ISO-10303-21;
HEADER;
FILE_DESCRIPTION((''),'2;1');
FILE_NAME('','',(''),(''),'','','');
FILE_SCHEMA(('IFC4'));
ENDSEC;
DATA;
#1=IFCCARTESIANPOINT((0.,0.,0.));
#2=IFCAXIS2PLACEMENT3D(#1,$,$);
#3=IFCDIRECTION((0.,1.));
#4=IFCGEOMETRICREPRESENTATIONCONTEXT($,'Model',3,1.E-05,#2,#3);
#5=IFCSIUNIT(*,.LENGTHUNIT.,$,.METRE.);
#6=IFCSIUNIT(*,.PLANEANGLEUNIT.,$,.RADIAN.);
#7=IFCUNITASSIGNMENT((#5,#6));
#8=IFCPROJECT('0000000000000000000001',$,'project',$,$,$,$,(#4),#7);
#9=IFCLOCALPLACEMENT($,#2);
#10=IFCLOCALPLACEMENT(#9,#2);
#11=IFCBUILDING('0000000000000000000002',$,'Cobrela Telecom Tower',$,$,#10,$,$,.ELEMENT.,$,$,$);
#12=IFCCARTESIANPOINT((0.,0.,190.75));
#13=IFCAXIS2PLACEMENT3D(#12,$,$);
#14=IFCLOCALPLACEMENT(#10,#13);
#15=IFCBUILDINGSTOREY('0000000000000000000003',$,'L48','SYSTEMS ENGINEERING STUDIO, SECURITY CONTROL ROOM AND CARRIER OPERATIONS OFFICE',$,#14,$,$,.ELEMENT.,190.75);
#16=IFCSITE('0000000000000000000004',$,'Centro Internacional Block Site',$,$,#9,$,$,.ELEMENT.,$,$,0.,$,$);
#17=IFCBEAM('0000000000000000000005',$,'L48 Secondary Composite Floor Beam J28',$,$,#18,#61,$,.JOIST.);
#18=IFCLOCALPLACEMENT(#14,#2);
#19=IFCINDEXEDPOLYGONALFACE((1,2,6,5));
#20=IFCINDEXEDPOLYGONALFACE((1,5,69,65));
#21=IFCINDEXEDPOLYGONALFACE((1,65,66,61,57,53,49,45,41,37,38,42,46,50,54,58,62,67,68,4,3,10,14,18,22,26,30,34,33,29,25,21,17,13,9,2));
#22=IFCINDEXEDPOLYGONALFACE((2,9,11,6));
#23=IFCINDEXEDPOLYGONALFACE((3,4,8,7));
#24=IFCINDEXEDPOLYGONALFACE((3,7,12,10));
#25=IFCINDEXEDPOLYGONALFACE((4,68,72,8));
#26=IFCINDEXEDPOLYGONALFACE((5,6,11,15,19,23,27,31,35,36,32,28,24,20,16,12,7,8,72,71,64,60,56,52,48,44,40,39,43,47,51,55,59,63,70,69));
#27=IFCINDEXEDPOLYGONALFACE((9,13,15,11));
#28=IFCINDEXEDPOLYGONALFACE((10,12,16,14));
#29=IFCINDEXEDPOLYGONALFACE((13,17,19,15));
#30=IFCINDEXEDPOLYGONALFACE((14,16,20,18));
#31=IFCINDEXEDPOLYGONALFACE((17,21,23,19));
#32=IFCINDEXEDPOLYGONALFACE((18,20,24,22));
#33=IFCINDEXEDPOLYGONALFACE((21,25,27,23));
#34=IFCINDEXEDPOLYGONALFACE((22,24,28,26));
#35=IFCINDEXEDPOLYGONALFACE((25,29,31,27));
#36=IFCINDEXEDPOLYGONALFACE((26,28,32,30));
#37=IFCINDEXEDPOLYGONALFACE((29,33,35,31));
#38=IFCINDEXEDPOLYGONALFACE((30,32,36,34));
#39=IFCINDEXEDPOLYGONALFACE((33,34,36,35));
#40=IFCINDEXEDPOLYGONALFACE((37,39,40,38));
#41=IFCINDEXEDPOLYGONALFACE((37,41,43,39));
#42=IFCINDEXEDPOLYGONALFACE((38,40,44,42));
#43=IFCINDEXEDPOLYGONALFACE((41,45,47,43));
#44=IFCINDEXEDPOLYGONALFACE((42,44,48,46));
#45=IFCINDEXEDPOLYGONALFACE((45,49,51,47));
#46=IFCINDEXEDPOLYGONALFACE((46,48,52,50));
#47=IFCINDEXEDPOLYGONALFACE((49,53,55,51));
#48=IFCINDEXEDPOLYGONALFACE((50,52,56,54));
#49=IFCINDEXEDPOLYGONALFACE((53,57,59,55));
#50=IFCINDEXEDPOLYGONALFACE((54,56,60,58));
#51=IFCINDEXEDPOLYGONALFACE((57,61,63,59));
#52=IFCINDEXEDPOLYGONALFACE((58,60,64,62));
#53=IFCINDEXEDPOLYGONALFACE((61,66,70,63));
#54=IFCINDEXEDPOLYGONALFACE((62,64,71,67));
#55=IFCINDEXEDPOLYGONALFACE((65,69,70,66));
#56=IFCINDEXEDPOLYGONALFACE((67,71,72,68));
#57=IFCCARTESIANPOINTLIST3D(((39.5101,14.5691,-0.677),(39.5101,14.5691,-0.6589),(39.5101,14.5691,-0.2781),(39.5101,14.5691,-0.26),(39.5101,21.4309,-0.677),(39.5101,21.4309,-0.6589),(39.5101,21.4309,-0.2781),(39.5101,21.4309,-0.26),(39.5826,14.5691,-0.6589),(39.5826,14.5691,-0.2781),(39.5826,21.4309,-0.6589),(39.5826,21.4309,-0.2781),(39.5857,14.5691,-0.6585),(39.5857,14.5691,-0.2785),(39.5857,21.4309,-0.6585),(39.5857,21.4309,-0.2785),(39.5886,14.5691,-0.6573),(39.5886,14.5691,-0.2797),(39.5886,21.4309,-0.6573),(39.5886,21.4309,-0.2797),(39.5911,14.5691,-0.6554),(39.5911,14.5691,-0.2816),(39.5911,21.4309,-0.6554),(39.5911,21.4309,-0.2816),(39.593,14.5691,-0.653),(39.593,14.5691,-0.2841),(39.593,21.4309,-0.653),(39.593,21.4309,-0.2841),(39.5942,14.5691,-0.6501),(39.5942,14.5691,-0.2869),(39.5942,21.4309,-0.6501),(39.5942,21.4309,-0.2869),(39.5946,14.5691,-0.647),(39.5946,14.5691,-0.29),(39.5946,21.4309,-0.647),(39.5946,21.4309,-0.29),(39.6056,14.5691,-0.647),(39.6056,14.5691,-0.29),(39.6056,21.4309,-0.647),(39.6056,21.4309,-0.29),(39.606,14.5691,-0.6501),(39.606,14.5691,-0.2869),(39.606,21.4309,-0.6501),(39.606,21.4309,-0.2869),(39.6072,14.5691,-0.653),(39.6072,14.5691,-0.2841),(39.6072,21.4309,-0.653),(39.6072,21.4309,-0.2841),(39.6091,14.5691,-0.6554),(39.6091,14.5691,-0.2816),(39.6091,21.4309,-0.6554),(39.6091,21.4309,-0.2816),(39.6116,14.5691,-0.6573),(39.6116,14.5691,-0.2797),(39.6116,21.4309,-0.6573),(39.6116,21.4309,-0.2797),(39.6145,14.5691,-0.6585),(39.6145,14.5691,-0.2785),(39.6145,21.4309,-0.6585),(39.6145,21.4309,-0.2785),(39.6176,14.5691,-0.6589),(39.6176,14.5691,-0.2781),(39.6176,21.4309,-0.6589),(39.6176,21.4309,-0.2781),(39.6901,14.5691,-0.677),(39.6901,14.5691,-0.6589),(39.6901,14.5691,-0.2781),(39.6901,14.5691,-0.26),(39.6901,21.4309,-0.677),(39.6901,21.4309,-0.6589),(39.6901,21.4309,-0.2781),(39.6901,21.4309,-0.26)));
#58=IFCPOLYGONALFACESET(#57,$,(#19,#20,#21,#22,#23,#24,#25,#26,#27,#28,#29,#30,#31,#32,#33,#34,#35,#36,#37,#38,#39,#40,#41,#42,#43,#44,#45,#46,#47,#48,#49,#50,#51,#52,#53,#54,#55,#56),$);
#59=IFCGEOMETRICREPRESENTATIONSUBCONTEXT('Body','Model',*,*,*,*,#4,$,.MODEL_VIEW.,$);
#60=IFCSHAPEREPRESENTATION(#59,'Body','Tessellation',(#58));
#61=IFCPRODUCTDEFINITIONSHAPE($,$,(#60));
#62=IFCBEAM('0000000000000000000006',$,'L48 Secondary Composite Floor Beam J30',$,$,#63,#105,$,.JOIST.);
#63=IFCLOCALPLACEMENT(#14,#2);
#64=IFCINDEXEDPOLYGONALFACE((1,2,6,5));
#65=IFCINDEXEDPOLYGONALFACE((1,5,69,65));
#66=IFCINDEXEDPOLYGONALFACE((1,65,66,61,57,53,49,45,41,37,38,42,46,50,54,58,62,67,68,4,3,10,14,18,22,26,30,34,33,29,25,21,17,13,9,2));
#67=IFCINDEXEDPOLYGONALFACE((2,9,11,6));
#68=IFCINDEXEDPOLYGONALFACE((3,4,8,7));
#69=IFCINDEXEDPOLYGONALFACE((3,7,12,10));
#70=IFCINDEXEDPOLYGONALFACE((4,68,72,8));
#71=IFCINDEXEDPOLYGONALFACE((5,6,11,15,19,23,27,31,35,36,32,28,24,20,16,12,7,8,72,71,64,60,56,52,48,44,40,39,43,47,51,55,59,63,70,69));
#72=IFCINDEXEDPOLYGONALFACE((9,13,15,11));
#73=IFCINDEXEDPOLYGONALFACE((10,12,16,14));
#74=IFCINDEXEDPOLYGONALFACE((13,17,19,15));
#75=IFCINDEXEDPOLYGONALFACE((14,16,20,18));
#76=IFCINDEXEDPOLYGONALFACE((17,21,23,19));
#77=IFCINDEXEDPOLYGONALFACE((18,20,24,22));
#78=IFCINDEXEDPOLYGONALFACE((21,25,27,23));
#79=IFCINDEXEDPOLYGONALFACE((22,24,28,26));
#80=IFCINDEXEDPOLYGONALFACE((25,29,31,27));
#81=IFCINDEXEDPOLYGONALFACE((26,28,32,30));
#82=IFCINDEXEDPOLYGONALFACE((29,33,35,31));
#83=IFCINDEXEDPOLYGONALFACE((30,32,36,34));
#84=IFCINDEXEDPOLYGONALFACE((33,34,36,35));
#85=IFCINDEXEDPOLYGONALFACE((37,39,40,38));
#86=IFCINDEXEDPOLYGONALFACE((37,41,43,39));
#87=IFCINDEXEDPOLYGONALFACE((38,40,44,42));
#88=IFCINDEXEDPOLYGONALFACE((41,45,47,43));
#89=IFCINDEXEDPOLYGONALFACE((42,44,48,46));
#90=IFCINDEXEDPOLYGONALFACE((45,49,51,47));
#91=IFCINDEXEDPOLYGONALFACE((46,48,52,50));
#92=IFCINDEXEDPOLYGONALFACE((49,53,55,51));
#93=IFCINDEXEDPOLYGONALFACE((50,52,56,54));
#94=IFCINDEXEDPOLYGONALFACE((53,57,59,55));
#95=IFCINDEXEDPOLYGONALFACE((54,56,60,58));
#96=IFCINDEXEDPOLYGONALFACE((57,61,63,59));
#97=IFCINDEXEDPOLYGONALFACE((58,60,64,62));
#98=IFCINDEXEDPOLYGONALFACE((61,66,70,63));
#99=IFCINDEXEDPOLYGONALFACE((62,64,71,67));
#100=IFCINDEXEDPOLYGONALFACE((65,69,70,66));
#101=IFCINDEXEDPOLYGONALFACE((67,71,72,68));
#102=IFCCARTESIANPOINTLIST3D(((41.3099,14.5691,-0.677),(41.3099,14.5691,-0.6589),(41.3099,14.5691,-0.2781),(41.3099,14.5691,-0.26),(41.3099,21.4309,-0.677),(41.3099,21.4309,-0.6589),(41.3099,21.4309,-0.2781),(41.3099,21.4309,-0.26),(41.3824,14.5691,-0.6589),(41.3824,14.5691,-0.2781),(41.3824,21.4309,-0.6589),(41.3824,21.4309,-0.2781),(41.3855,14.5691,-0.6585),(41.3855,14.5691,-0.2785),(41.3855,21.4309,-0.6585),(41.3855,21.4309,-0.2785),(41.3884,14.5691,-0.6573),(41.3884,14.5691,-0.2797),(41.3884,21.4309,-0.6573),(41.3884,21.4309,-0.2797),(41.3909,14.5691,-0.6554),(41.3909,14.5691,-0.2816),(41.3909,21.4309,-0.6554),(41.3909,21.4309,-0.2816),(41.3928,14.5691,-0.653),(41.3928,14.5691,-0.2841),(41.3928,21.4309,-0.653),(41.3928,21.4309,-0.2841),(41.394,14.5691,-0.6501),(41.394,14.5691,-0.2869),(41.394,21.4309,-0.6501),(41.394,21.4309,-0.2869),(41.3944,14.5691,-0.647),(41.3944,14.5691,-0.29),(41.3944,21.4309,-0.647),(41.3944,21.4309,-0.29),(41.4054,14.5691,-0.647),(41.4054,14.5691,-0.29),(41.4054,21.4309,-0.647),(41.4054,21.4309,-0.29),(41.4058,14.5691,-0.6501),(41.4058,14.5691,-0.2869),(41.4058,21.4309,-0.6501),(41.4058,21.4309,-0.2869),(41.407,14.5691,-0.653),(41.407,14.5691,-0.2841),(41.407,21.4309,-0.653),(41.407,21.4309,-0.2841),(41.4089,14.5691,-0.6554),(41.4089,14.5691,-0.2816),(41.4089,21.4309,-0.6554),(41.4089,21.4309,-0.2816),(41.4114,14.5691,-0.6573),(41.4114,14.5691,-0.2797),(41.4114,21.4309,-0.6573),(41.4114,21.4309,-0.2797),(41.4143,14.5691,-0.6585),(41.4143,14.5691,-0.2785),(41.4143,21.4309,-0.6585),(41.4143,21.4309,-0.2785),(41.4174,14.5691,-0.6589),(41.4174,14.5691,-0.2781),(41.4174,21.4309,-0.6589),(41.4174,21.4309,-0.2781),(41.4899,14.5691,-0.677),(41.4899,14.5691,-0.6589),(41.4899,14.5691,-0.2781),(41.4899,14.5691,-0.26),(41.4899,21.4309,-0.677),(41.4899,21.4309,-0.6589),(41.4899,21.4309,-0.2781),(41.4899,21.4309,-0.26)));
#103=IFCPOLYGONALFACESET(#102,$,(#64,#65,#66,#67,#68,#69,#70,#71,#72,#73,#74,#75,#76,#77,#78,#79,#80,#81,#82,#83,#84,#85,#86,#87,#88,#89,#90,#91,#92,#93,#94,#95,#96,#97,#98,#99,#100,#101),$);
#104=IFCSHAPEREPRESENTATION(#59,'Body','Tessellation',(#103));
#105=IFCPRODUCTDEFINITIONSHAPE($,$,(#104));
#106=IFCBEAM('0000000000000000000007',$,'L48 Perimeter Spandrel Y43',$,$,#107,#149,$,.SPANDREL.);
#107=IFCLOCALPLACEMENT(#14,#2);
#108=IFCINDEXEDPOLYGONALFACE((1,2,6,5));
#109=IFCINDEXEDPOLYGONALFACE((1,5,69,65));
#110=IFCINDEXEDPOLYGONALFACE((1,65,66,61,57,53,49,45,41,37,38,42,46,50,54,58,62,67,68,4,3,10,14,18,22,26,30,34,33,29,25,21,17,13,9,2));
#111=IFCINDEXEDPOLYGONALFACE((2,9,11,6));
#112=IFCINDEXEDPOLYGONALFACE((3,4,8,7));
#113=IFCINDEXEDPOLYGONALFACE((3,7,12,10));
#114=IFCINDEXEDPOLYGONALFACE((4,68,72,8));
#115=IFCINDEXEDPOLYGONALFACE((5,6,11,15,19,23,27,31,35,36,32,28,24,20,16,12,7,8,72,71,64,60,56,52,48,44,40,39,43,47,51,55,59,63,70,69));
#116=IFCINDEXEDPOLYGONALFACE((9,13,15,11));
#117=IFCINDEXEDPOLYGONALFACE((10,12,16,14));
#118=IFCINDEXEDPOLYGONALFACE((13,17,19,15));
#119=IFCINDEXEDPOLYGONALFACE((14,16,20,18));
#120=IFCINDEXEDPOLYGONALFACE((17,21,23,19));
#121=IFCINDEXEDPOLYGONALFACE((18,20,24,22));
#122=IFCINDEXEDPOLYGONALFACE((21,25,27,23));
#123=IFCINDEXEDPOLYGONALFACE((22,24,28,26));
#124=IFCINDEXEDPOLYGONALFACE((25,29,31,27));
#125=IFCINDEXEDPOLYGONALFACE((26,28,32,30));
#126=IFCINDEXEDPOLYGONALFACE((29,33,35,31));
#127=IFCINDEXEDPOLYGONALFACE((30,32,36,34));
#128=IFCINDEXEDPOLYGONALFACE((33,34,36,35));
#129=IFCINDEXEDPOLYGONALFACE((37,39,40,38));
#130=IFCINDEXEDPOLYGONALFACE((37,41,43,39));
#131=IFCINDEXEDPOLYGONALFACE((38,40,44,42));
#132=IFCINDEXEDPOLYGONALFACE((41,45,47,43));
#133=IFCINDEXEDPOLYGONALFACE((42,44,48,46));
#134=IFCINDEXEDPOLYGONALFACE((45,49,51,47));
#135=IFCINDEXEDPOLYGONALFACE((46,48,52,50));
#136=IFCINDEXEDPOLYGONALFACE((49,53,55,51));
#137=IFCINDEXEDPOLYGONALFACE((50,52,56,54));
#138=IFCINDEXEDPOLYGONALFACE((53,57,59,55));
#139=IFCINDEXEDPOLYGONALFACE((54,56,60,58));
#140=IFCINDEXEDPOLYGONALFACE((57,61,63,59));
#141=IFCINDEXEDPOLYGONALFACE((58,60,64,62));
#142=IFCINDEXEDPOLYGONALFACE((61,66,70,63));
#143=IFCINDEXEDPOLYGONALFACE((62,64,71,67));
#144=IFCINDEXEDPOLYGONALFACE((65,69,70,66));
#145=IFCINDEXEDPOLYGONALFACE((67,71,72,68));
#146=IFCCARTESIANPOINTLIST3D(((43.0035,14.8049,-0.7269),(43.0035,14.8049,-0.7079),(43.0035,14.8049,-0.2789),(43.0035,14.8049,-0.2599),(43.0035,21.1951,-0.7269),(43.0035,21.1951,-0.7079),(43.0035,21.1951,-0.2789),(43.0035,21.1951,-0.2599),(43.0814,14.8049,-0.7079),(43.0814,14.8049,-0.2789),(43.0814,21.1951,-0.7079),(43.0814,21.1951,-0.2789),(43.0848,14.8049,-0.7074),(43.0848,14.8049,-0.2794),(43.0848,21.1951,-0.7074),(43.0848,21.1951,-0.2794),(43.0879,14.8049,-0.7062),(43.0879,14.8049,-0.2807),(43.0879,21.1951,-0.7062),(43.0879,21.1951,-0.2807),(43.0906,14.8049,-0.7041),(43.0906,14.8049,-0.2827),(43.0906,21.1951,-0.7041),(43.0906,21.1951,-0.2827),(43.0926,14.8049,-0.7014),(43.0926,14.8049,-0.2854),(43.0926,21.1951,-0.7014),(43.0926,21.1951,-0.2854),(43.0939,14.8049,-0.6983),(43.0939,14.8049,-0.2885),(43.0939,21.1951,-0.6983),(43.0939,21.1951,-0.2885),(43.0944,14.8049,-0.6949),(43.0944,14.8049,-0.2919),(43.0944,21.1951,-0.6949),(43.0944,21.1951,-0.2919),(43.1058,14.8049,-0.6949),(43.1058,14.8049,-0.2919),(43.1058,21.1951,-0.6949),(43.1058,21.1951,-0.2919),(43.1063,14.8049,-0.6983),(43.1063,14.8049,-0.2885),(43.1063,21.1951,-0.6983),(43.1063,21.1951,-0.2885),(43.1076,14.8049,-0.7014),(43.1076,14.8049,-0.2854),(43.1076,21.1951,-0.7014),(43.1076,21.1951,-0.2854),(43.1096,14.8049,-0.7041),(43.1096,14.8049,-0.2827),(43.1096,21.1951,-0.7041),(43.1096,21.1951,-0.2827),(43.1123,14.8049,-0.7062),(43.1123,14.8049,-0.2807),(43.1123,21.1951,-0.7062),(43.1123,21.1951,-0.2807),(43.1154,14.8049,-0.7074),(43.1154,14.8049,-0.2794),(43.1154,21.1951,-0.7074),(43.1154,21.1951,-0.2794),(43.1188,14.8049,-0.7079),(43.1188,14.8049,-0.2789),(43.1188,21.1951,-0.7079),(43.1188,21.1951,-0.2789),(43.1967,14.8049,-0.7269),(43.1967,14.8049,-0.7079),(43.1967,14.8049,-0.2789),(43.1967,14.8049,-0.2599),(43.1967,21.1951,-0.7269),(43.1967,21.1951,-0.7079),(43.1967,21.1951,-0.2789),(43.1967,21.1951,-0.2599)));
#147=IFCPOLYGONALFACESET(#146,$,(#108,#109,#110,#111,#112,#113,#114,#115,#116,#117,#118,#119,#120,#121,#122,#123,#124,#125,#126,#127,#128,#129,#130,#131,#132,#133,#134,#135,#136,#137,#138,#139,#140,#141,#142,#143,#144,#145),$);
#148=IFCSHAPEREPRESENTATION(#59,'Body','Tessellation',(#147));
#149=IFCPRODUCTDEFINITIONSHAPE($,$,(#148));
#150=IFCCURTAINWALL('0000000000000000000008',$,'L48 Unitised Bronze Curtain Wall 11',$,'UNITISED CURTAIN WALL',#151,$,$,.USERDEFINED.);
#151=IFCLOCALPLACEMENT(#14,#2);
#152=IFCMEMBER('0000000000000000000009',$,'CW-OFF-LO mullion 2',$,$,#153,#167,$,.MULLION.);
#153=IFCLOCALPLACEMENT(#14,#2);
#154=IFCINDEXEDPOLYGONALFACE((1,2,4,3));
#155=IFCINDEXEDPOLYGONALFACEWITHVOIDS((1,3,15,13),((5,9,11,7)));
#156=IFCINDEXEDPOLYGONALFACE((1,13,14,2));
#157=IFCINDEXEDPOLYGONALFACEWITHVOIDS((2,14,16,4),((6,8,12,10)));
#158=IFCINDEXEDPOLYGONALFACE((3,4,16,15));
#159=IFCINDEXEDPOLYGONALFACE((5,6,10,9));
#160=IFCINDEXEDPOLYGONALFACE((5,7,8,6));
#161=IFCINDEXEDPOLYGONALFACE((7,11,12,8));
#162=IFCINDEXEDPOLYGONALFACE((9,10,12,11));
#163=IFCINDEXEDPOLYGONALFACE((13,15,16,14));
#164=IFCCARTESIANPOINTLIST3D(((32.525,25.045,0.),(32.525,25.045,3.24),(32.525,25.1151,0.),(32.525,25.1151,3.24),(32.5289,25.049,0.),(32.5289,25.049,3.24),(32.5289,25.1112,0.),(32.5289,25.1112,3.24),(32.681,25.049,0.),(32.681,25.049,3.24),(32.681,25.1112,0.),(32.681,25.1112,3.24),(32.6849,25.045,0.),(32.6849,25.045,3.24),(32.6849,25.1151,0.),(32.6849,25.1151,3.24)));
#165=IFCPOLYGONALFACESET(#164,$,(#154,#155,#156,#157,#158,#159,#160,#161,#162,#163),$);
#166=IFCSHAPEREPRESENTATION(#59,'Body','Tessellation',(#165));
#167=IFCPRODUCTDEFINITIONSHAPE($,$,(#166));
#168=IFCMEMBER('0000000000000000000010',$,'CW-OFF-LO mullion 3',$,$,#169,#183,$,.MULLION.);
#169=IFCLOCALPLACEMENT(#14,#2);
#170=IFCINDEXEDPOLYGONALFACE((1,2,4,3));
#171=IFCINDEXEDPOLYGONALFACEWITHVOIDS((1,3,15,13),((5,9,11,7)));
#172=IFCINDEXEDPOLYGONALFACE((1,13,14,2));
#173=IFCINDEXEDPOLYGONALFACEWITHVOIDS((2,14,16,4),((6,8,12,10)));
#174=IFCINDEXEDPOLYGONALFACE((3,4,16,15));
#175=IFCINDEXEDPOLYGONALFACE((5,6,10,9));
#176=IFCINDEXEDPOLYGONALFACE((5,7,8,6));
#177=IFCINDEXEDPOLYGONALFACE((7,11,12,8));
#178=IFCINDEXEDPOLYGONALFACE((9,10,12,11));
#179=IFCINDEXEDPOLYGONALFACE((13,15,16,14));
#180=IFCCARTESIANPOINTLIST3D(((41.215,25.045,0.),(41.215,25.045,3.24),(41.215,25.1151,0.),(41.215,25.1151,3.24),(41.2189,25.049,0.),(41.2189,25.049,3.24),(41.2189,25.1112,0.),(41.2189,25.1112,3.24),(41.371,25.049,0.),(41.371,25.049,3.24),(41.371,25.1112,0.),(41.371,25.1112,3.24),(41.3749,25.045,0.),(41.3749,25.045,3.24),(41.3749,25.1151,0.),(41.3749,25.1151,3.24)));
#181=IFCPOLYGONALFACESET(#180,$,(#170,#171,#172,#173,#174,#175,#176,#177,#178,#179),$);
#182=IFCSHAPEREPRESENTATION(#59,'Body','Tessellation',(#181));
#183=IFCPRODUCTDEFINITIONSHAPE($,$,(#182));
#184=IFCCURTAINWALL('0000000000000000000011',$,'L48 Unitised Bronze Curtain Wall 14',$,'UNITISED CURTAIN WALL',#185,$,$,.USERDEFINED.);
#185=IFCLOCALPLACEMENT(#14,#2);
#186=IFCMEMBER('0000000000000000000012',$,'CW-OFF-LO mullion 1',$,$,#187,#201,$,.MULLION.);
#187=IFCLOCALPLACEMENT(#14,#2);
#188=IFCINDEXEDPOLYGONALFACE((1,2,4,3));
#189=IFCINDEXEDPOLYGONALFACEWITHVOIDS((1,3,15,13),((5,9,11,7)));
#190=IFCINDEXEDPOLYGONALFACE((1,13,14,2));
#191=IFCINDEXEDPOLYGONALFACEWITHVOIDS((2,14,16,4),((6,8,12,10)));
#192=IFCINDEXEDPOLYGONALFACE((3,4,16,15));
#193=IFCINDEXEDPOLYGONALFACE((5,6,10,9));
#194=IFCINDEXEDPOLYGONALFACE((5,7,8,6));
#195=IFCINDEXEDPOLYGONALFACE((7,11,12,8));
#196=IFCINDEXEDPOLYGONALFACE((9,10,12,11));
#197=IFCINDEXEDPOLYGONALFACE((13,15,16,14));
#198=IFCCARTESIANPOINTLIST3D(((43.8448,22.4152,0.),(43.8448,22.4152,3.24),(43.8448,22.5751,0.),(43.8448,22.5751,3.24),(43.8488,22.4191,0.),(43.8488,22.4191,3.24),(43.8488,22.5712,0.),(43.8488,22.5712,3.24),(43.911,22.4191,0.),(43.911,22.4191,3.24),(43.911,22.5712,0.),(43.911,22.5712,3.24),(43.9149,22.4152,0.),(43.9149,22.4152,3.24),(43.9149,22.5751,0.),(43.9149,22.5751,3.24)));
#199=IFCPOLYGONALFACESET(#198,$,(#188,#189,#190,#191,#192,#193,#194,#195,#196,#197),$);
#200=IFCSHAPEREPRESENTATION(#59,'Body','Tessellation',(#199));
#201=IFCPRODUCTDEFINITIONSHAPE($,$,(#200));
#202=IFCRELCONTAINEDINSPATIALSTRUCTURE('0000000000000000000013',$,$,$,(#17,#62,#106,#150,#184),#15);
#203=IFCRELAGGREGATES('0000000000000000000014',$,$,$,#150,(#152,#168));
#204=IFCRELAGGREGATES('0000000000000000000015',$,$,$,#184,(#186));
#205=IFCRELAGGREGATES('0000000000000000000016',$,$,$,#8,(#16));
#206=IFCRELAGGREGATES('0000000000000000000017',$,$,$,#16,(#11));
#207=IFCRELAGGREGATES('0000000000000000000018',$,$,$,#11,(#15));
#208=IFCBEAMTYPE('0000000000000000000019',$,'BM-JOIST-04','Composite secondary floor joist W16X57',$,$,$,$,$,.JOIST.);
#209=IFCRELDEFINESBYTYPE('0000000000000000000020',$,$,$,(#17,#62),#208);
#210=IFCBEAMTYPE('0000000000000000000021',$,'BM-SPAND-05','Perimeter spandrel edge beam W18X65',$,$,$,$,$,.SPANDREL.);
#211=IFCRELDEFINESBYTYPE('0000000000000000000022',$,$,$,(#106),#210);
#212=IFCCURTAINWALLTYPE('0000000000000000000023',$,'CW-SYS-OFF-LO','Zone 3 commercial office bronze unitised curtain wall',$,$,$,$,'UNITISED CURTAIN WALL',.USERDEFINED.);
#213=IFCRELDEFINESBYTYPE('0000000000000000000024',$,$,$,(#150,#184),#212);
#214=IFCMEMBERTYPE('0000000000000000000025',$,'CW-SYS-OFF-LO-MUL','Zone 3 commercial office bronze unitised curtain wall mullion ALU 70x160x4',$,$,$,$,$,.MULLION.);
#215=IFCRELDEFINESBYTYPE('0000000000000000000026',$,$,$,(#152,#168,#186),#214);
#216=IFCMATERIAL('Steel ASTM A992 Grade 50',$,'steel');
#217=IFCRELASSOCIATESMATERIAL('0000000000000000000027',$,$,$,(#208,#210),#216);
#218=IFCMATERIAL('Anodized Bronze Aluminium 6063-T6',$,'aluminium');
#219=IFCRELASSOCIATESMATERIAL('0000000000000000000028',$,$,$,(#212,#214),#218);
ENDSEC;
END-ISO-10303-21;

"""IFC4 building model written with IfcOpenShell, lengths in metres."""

from ifc_helpers import new_model, si_unit, direction, frame, origin, origin_2d, place, context, subcontext, project, spatial, hollow_rectangle, i_section, extrude, material, material_profile, profile_set, type_object, element, aggregate, save


model = new_model("IFC4")

# Units and contexts
model_context = context("Model", 3, precision=1e-05, world=origin(), true_north=direction((0.0, 1.0)))
body_context = subcontext(model_context, "Body", "Model", "MODEL_VIEW")
ifc_project = project(units=[si_unit("LENGTHUNIT", "METRE"), si_unit("PLANEANGLEUNIT", "RADIAN")], contexts=[model_context])

# Site, building, storey
site_placement = place(None, origin())
site = spatial("IfcSite", under=ifc_project, at=site_placement, Name="Centro Internacional Block Site", CompositionType="ELEMENT", RefElevation=0.0)
building_placement = place(site_placement, origin())
building = spatial("IfcBuilding", under=site, at=building_placement, Name="Cobrela Telecom Tower", CompositionType="ELEMENT")
storey_placement = place(building_placement, frame((0.0, 0.0, 190.75)))
storey = spatial("IfcBuildingStorey", under=building, at=storey_placement, Name="L48", Description="SYSTEMS ENGINEERING STUDIO, SECURITY CONTROL ROOM AND CARRIER OPERATIONS OFFICE", CompositionType="ELEMENT", Elevation=190.75)

# Shared definitions
ifc_material_1 = material(Name="Steel ASTM A992 Grade 50", Category="steel")

# Beams
ifc_material_profile_1 = material_profile(ifc_material_1, i_section(OverallWidth=0.1799, OverallDepth=0.417, WebThickness=0.011, FlangeThickness=0.0181, FilletRadius=0.012, at=origin_2d()), Name="W16X57")
ifc_profile_set_1 = profile_set([ifc_material_profile_1], Name="Steel ASTM A992 Grade 50")
beam_type_1 = type_object("IfcBeamType", Name="BM-JOIST-04", Description="Composite secondary floor joist W16X57", PredefinedType="JOIST", material=ifc_profile_set_1)
for number, where, z_axis, x_axis, name in (
    (1, (39.6001, 14.5691, -0.4685), (0.0, 1.0, 0.0), (-1.0, 0.0, 0.0), "L48 Secondary Composite Floor Beam J28"),
    (2, (41.3999, 14.5691, -0.4685), (0.0, 1.0, 0.0), (-1.0, 0.0, 0.0), "L48 Secondary Composite Floor Beam J30"),
):
    element("IfcBeam", number, at=place(storey_placement, frame(where, z_axis=z_axis, x_axis=x_axis)), inside=storey, type_object=beam_type_1, Name=name, PredefinedType="JOIST", context=body_context, shape_type="SweptSolid", body=[
        extrude(i_section(OverallWidth=0.1799, OverallDepth=0.417, WebThickness=0.011, FlangeThickness=0.0181, FilletRadius=0.012, at=origin_2d()), origin(), (0.0, 0.0, 1.0), 6.8618),
    ])
ifc_material_profile_2 = material_profile(ifc_material_1, i_section(OverallWidth=0.1931, OverallDepth=0.467, WebThickness=0.0115, FlangeThickness=0.019, FilletRadius=0.0129, at=origin_2d()), Name="W18X65")
ifc_profile_set_2 = profile_set([ifc_material_profile_2], Name="Steel ASTM A992 Grade 50")
beam_type_2 = type_object("IfcBeamType", Name="BM-SPAND-05", Description="Perimeter spandrel edge beam W18X65", PredefinedType="SPANDREL", material=ifc_profile_set_2)
beam_1_placement = place(storey_placement, frame((43.1001, 14.8049, -0.4934), z_axis=(0.0, 1.0, 0.0), x_axis=(-1.0, 0.0, 0.0)))
element("IfcBeam", 3, at=beam_1_placement, inside=storey, type_object=beam_type_2, Name="L48 Perimeter Spandrel Y43", PredefinedType="SPANDREL", context=body_context, shape_type="SweptSolid", body=[
    extrude(i_section(OverallWidth=0.1931, OverallDepth=0.467, WebThickness=0.0115, FlangeThickness=0.019, FilletRadius=0.0129, at=origin_2d()), origin(), (0.0, 0.0, 1.0), 6.3901),
])

# Curtain wall, members
ifc_material_2 = material(Name="Anodized Bronze Aluminium 6063-T6", Category="aluminium")
curtain_wall_type = type_object("IfcCurtainWallType", Name="CW-SYS-OFF-LO", Description="Zone 3 commercial office bronze unitised curtain wall", ElementType="UNITISED CURTAIN WALL", PredefinedType="USERDEFINED", material=ifc_material_2)
curtain_wall_1_placement = place(storey_placement, origin())
curtain_wall_1 = element("IfcCurtainWall", 4, at=curtain_wall_1_placement, inside=storey, type_object=curtain_wall_type, Name="L48 Unitised Bronze Curtain Wall 11", ObjectType="UNITISED CURTAIN WALL", PredefinedType="USERDEFINED")
ifc_material_profile_3 = material_profile(ifc_material_2, hollow_rectangle(XDim=0.0701, YDim=0.1599, WallThickness=0.0039, at=origin_2d()), Name="ALU 70x160x4")
ifc_profile_set_3 = profile_set([ifc_material_profile_3], Name="Anodized Bronze Aluminium 6063-T6")
member_type_1 = type_object("IfcMemberType", Name="CW-SYS-OFF-LO-MUL", Description="Zone 3 commercial office bronze unitised curtain wall mullion ALU 70x160x4", PredefinedType="MULLION", material=ifc_profile_set_3)
member_1_placement = place(storey_placement, frame((32.605, 25.0801, 0.0), z_axis=(0.0, 0.0, 1.0), x_axis=(0.0, 1.0, 0.0)))
member_1 = element("IfcMember", 5, at=member_1_placement, type_object=member_type_1, Name="CW-OFF-LO mullion 2", PredefinedType="MULLION", context=body_context, shape_type="SweptSolid", body=[
    extrude(hollow_rectangle(XDim=0.0701, YDim=0.1599, WallThickness=0.0039, at=origin_2d()), origin(), (0.0, 0.0, 1.0), 3.24),
])
member_2_placement = place(storey_placement, frame((41.2949, 25.0801, 0.0), z_axis=(0.0, 0.0, 1.0), x_axis=(0.0, 1.0, 0.0)))
member_2 = element("IfcMember", 6, at=member_2_placement, type_object=member_type_1, Name="CW-OFF-LO mullion 3", PredefinedType="MULLION", context=body_context, shape_type="SweptSolid", body=[
    extrude(hollow_rectangle(XDim=0.0701, YDim=0.1599, WallThickness=0.0039, at=origin_2d()), origin(), (0.0, 0.0, 1.0), 3.24),
])

# Curtain wall, member
curtain_wall_2_placement = place(storey_placement, origin())
curtain_wall_2 = element("IfcCurtainWall", 7, at=curtain_wall_2_placement, inside=storey, type_object=curtain_wall_type, Name="L48 Unitised Bronze Curtain Wall 14", ObjectType="UNITISED CURTAIN WALL", PredefinedType="USERDEFINED")
member_3_placement = place(storey_placement, frame((43.8799, 22.4951, 0.0), z_axis=(0.0, 0.0, 1.0), x_axis=(1.0, 0.0, 0.0)))
member_3 = element("IfcMember", 8, at=member_3_placement, type_object=member_type_1, Name="CW-OFF-LO mullion 1", PredefinedType="MULLION", context=body_context, shape_type="SweptSolid", body=[
    extrude(hollow_rectangle(XDim=0.0701, YDim=0.1599, WallThickness=0.0039, at=origin_2d()), origin(), (0.0, 0.0, 1.0), 3.24),
])

aggregate(curtain_wall_1, [member_1, member_2])
aggregate(curtain_wall_2, [member_3])

save(model, "model.ifc")
